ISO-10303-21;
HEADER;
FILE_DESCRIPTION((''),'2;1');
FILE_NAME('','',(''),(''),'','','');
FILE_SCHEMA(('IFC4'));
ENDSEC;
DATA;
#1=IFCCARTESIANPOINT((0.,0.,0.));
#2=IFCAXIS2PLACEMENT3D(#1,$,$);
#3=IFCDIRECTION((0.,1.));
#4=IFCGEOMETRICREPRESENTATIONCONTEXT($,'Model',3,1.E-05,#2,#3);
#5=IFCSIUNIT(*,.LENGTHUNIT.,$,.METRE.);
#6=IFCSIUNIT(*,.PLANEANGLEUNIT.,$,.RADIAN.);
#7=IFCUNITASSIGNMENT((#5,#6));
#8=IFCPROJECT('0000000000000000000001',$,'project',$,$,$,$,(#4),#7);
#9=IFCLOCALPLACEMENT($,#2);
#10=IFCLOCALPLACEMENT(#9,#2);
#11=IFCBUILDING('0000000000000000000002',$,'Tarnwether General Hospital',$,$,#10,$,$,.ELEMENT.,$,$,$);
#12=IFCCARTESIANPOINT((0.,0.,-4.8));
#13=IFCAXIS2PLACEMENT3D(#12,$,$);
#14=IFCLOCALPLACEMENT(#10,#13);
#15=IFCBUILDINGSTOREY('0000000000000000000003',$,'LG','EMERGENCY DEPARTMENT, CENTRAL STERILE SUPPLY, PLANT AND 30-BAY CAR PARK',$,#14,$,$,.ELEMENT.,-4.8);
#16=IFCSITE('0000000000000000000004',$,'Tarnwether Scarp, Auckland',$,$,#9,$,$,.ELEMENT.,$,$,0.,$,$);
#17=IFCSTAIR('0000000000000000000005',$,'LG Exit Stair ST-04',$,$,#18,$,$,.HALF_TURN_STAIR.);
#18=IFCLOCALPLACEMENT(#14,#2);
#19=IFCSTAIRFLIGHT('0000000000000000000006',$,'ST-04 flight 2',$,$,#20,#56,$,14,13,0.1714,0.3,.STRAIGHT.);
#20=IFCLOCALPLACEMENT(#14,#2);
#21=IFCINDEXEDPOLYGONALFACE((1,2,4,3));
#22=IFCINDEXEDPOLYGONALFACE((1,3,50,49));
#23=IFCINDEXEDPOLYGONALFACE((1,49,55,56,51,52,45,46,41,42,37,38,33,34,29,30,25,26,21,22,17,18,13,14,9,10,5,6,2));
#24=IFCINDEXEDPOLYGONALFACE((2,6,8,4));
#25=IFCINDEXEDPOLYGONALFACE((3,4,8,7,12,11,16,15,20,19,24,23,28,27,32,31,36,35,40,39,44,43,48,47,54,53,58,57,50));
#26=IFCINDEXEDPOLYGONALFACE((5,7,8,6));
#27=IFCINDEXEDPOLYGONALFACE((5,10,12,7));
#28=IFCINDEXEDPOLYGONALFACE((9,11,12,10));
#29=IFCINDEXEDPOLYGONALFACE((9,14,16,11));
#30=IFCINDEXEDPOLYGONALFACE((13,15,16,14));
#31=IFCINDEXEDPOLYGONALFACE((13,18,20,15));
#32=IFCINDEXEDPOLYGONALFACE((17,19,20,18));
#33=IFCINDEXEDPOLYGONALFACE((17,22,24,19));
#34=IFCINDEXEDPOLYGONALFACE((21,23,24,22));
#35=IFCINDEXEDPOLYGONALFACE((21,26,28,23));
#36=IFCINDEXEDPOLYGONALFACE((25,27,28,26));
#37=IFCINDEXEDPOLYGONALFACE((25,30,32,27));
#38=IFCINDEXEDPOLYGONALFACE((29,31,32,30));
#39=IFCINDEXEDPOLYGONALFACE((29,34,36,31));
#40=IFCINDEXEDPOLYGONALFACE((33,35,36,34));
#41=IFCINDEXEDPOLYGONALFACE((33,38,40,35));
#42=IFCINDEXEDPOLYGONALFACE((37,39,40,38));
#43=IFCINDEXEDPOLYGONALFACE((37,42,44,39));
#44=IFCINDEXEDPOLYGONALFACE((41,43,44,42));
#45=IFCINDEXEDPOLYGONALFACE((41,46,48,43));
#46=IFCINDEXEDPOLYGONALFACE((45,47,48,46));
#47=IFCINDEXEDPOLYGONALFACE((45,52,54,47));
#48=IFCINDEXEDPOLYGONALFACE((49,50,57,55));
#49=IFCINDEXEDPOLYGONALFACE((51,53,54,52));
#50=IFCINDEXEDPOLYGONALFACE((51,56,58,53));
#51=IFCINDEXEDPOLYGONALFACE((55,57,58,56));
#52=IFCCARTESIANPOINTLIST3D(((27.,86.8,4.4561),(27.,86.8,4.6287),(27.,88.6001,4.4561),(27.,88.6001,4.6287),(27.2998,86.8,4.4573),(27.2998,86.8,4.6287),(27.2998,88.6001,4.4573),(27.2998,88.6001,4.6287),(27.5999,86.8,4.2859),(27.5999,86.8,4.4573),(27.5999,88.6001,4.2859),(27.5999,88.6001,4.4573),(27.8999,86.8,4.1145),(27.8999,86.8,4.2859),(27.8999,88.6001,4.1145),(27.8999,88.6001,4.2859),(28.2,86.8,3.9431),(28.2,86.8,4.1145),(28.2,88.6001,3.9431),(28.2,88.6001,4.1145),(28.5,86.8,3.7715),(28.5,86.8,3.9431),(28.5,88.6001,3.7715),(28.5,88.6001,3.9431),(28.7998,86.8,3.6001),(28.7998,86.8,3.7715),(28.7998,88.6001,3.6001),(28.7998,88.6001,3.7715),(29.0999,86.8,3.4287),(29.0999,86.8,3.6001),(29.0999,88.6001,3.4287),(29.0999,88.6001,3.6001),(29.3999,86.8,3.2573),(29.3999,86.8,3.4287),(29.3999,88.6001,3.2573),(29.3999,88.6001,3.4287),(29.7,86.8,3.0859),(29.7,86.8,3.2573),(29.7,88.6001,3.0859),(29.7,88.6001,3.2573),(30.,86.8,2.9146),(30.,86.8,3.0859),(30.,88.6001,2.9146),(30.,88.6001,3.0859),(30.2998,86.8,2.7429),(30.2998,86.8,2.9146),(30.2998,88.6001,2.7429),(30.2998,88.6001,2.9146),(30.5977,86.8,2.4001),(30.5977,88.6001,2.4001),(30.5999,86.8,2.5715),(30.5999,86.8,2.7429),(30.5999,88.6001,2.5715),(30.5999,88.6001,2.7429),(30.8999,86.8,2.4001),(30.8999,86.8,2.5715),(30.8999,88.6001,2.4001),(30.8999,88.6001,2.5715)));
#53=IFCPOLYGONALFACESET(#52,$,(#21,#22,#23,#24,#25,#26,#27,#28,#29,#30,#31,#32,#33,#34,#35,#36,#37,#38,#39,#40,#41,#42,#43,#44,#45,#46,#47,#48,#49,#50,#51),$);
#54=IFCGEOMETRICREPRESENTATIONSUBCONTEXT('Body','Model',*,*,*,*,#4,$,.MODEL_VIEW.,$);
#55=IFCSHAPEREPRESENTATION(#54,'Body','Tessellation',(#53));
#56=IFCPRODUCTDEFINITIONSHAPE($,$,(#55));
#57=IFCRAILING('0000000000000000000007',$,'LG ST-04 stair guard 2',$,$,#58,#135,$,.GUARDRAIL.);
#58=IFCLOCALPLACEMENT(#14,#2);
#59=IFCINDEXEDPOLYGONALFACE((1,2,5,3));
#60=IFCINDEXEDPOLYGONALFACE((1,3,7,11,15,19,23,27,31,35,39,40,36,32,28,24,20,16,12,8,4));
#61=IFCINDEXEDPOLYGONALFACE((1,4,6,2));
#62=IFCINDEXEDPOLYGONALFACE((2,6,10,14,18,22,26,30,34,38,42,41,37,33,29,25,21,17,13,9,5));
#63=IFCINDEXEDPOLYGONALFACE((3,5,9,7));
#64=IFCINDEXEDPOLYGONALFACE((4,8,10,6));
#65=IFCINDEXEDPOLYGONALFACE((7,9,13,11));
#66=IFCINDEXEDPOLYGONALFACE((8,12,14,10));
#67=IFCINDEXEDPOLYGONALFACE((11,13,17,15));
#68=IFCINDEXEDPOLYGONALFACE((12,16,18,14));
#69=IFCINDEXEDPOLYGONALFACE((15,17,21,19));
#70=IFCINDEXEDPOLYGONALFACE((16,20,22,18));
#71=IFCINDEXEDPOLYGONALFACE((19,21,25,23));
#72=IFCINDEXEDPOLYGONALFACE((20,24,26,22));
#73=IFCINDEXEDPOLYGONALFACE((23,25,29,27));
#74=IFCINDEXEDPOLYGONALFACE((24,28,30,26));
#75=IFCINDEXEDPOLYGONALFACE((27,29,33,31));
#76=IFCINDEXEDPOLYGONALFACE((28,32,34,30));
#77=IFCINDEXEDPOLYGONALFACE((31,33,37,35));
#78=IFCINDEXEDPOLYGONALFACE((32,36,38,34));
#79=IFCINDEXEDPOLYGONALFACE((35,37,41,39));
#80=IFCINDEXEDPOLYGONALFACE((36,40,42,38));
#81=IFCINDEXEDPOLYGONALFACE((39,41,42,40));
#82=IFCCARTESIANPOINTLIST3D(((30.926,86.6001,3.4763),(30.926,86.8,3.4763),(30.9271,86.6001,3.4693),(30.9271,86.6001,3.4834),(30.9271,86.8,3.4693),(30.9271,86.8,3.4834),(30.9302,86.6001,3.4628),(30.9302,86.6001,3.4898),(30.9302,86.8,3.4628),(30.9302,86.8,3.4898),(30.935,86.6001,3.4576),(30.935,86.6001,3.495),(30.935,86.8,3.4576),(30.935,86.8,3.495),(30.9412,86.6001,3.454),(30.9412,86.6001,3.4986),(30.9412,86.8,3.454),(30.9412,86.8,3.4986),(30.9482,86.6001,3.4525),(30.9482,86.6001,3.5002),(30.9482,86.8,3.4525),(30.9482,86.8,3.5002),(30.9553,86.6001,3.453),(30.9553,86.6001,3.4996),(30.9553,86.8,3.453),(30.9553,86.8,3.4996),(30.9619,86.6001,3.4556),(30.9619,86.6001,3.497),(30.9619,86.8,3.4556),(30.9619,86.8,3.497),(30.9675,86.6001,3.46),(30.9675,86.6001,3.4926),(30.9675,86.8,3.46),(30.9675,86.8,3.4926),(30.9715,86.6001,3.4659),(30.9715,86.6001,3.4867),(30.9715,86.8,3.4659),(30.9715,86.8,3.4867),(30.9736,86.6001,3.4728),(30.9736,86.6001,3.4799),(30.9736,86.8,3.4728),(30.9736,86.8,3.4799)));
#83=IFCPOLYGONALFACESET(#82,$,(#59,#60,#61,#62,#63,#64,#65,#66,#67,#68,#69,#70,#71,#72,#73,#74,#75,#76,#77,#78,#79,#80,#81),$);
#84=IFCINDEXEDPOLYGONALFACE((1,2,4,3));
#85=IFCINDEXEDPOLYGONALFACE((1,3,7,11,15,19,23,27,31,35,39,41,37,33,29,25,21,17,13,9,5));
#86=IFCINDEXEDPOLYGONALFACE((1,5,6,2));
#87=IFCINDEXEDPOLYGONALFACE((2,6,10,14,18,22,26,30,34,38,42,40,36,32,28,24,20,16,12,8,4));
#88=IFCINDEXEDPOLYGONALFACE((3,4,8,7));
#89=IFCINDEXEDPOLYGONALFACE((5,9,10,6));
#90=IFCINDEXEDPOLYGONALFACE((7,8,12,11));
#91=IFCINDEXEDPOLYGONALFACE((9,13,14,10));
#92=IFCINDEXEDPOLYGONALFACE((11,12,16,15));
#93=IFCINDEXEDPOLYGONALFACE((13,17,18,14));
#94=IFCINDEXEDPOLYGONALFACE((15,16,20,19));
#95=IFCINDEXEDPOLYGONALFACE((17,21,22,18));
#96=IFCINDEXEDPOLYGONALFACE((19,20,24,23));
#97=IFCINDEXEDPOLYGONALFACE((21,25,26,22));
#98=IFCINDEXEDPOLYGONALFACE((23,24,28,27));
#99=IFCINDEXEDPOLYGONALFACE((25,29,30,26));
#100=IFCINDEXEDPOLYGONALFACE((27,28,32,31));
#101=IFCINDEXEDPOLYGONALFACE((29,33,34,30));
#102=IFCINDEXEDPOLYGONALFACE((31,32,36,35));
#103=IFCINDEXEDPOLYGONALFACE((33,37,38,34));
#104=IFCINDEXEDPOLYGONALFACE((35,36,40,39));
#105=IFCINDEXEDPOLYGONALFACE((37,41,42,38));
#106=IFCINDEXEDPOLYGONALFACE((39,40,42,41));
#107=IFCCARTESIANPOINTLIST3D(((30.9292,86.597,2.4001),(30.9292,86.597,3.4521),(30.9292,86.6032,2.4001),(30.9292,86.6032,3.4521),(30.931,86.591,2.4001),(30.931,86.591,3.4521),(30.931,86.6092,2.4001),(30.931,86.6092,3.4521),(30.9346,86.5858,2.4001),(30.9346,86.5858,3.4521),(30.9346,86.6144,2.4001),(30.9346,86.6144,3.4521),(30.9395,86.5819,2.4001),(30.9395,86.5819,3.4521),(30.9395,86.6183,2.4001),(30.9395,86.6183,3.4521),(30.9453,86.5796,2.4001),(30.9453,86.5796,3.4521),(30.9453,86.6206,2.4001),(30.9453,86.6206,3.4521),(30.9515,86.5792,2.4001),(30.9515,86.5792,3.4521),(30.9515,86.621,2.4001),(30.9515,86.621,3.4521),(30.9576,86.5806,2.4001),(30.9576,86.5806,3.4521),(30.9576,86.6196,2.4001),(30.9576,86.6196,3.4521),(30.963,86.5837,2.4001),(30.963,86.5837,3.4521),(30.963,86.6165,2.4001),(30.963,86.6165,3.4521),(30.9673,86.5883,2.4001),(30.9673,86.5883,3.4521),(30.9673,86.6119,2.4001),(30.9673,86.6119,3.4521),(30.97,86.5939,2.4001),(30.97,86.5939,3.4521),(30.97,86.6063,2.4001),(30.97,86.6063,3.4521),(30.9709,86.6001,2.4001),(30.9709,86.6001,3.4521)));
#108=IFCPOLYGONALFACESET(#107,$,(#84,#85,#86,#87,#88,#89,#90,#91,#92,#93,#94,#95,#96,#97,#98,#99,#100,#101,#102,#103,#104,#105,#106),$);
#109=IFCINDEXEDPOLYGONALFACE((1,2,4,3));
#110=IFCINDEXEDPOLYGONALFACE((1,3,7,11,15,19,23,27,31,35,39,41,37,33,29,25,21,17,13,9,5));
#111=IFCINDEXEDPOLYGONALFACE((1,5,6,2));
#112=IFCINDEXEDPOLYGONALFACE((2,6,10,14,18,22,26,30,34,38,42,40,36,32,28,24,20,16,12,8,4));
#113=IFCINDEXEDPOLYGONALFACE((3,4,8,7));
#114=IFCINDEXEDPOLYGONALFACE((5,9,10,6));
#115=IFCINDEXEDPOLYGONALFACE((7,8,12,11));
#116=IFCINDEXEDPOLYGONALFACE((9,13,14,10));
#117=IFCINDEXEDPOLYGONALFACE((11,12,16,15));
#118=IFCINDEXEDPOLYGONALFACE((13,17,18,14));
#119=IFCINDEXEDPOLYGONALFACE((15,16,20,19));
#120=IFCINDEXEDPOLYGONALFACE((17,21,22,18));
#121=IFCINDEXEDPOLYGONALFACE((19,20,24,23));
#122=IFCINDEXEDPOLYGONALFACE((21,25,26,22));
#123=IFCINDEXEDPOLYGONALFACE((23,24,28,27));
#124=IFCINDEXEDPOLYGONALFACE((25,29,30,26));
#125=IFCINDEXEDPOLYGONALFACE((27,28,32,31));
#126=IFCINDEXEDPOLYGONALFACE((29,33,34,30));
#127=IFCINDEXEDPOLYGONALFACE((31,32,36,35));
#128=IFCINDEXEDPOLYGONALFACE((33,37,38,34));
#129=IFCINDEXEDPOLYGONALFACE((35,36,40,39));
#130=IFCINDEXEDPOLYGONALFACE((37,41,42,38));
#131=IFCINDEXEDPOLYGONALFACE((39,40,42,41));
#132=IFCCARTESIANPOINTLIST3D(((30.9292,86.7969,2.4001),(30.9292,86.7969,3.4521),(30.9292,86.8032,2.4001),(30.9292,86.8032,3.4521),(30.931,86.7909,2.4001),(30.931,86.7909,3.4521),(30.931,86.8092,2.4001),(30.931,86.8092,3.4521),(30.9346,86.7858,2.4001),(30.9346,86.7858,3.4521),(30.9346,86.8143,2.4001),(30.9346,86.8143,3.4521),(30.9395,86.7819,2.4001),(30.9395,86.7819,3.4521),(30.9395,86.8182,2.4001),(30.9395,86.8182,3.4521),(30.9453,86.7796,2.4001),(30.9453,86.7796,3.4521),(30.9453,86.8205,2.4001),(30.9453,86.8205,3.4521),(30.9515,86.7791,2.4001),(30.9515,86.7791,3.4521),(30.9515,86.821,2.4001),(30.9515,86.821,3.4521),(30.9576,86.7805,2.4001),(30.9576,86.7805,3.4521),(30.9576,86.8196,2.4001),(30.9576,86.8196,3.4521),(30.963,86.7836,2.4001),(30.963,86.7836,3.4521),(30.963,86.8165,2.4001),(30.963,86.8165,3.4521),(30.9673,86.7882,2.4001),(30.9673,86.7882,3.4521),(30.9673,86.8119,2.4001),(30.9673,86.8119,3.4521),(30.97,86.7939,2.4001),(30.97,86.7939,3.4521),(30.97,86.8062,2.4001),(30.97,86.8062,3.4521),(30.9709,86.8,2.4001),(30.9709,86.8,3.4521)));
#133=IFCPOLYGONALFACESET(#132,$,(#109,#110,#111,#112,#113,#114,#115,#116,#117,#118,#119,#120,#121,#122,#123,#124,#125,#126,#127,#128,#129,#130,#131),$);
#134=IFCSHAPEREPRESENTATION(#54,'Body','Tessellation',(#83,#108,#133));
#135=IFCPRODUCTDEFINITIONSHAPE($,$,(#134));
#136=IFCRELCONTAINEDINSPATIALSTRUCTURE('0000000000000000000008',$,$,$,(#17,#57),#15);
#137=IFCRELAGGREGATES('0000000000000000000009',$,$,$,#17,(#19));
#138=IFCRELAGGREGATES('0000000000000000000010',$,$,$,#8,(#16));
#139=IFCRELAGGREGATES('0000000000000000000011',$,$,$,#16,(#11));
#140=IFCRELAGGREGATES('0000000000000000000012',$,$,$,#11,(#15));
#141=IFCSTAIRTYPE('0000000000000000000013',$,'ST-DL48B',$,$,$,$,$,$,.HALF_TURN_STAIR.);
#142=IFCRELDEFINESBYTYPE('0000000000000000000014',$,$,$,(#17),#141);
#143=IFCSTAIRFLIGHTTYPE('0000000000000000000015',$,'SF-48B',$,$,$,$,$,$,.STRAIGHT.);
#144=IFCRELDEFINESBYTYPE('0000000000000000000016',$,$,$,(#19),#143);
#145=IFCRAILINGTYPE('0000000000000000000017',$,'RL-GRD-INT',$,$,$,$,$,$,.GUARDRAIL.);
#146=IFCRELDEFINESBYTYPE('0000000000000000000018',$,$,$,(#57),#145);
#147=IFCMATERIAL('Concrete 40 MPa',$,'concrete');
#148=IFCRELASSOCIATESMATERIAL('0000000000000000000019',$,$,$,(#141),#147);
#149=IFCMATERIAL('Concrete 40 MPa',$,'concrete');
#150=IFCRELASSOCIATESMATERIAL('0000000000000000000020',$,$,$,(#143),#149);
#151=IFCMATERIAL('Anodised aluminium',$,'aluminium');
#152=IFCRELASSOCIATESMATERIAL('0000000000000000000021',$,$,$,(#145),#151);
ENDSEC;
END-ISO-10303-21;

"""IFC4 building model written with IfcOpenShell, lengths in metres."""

from ifc_helpers import new_model, si_unit, direction, frame, origin, origin_2d, place, context, subcontext, project, spatial, polyline, circle, outline, extrude, material, type_object, element, aggregate, save


model = new_model("IFC4")

# Units and contexts
model_context = context("Model", 3, precision=1e-05, world=origin(), true_north=direction((0.0, 1.0)))
body_context = subcontext(model_context, "Body", "Model", "MODEL_VIEW")
ifc_project = project(units=[si_unit("LENGTHUNIT", "METRE"), si_unit("PLANEANGLEUNIT", "RADIAN")], contexts=[model_context])

# Site, building, storey
site_placement = place(None, origin())
site = spatial("IfcSite", under=ifc_project, at=site_placement, Name="Tarnwether Scarp, Auckland", CompositionType="ELEMENT", RefElevation=0.0)
building_placement = place(site_placement, origin())
building = spatial("IfcBuilding", under=site, at=building_placement, Name="Tarnwether General Hospital", CompositionType="ELEMENT")
storey_placement = place(building_placement, frame((0.0, 0.0, -4.8)))
storey = spatial("IfcBuildingStorey", under=building, at=storey_placement, Name="LG", Description="EMERGENCY DEPARTMENT, CENTRAL STERILE SUPPLY, PLANT AND 30-BAY CAR PARK", CompositionType="ELEMENT", Elevation=-4.8)

# Stair, stair flight
ifc_material_1 = material(Name="Concrete 40 MPa", Category="concrete")
stair_type = type_object("IfcStairType", Name="ST-DL48B", PredefinedType="HALF_TURN_STAIR", material=ifc_material_1)
stair_placement = place(storey_placement, origin())
stair = element("IfcStair", 1, at=stair_placement, inside=storey, type_object=stair_type, Name="LG Exit Stair ST-04", PredefinedType="HALF_TURN_STAIR")
ifc_material_2 = material(Name="Concrete 40 MPa", Category="concrete")
stair_flight_type = type_object("IfcStairFlightType", Name="SF-48B", PredefinedType="STRAIGHT", material=ifc_material_2)
stair_flight_placement = place(storey_placement, frame((30.8999, 87.7, 2.4001), z_axis=(0.0, 0.0, 1.0), x_axis=(-1.0, 0.0, 0.0)))
stair_flight = element("IfcStairFlight", 2, at=stair_flight_placement, type_object=stair_flight_type, Name="ST-04 flight 2", NumberOfRisers=14, NumberOfTreads=13, PredefinedType="STRAIGHT", RiserHeight=0.1714, TreadLength=0.3, context=body_context, shape_type="SweptSolid", body=[
    extrude(outline(polyline([(0.0, 0.0), (0.0, 0.1714), (0.3, 0.1714), (0.3, 0.3428), (0.6001, 0.3428), (0.6001, 0.5144), (0.8999, 0.5144), (0.8999, 0.6858), (1.2, 0.6858), (1.2, 0.8572), (1.5, 0.8572), (1.5, 1.0286), (1.8, 1.0286), (1.8, 1.2), (2.1001, 1.2), (2.1001, 1.3713), (2.3999, 1.3713), (2.3999, 1.543), (2.7, 1.543), (2.7, 1.7144), (3.0, 1.7144), (3.0, 1.8857), (3.3, 1.8857), (3.3, 2.0571), (3.6001, 2.0571), (3.6001, 2.2285), (3.8999, 2.2285), (3.8999, 2.3999), (3.8999, 2.0559), (0.3022, 0.0), (0.0, 0.0)])), frame((0.0, 0.8999, 0.0), z_axis=(0.0, -1.0, 0.0), x_axis=(1.0, 0.0, 0.0)), (0.0, 0.0, 1.0), 1.8),
])
aggregate(stair, [stair_flight])

# Railing
ifc_material_3 = material(Name="Anodised aluminium", Category="aluminium")
railing_type_1 = type_object("IfcRailingType", Name="RL-GRD-INT", PredefinedType="GUARDRAIL", material=ifc_material_3)
railing_1_placement = place(storey_placement, frame((30.95, 86.6001, 2.4001)))
element("IfcRailing", 3, at=railing_1_placement, inside=storey, type_object=railing_type_1, Name="LG ST-04 stair guard 2", PredefinedType="GUARDRAIL", context=body_context, shape_type="SweptSolid", body=[
    extrude(circle(Radius=0.0239, at=origin_2d()), frame((0.0, 0.0, 1.0762), z_axis=(0.0, 1.0, 0.0), x_axis=(-1.0, 0.0, 0.0)), (0.0, 0.0, 1.0), 0.2),
    extrude(circle(Radius=0.021, at=origin_2d()), origin(), (0.0, 0.0, 1.0), 1.052),
    extrude(circle(Radius=0.021, at=origin_2d()), frame((0.0, 0.2, 0.0)), (0.0, 0.0, 1.0), 1.052),
])

save(model, "model.ifc")
